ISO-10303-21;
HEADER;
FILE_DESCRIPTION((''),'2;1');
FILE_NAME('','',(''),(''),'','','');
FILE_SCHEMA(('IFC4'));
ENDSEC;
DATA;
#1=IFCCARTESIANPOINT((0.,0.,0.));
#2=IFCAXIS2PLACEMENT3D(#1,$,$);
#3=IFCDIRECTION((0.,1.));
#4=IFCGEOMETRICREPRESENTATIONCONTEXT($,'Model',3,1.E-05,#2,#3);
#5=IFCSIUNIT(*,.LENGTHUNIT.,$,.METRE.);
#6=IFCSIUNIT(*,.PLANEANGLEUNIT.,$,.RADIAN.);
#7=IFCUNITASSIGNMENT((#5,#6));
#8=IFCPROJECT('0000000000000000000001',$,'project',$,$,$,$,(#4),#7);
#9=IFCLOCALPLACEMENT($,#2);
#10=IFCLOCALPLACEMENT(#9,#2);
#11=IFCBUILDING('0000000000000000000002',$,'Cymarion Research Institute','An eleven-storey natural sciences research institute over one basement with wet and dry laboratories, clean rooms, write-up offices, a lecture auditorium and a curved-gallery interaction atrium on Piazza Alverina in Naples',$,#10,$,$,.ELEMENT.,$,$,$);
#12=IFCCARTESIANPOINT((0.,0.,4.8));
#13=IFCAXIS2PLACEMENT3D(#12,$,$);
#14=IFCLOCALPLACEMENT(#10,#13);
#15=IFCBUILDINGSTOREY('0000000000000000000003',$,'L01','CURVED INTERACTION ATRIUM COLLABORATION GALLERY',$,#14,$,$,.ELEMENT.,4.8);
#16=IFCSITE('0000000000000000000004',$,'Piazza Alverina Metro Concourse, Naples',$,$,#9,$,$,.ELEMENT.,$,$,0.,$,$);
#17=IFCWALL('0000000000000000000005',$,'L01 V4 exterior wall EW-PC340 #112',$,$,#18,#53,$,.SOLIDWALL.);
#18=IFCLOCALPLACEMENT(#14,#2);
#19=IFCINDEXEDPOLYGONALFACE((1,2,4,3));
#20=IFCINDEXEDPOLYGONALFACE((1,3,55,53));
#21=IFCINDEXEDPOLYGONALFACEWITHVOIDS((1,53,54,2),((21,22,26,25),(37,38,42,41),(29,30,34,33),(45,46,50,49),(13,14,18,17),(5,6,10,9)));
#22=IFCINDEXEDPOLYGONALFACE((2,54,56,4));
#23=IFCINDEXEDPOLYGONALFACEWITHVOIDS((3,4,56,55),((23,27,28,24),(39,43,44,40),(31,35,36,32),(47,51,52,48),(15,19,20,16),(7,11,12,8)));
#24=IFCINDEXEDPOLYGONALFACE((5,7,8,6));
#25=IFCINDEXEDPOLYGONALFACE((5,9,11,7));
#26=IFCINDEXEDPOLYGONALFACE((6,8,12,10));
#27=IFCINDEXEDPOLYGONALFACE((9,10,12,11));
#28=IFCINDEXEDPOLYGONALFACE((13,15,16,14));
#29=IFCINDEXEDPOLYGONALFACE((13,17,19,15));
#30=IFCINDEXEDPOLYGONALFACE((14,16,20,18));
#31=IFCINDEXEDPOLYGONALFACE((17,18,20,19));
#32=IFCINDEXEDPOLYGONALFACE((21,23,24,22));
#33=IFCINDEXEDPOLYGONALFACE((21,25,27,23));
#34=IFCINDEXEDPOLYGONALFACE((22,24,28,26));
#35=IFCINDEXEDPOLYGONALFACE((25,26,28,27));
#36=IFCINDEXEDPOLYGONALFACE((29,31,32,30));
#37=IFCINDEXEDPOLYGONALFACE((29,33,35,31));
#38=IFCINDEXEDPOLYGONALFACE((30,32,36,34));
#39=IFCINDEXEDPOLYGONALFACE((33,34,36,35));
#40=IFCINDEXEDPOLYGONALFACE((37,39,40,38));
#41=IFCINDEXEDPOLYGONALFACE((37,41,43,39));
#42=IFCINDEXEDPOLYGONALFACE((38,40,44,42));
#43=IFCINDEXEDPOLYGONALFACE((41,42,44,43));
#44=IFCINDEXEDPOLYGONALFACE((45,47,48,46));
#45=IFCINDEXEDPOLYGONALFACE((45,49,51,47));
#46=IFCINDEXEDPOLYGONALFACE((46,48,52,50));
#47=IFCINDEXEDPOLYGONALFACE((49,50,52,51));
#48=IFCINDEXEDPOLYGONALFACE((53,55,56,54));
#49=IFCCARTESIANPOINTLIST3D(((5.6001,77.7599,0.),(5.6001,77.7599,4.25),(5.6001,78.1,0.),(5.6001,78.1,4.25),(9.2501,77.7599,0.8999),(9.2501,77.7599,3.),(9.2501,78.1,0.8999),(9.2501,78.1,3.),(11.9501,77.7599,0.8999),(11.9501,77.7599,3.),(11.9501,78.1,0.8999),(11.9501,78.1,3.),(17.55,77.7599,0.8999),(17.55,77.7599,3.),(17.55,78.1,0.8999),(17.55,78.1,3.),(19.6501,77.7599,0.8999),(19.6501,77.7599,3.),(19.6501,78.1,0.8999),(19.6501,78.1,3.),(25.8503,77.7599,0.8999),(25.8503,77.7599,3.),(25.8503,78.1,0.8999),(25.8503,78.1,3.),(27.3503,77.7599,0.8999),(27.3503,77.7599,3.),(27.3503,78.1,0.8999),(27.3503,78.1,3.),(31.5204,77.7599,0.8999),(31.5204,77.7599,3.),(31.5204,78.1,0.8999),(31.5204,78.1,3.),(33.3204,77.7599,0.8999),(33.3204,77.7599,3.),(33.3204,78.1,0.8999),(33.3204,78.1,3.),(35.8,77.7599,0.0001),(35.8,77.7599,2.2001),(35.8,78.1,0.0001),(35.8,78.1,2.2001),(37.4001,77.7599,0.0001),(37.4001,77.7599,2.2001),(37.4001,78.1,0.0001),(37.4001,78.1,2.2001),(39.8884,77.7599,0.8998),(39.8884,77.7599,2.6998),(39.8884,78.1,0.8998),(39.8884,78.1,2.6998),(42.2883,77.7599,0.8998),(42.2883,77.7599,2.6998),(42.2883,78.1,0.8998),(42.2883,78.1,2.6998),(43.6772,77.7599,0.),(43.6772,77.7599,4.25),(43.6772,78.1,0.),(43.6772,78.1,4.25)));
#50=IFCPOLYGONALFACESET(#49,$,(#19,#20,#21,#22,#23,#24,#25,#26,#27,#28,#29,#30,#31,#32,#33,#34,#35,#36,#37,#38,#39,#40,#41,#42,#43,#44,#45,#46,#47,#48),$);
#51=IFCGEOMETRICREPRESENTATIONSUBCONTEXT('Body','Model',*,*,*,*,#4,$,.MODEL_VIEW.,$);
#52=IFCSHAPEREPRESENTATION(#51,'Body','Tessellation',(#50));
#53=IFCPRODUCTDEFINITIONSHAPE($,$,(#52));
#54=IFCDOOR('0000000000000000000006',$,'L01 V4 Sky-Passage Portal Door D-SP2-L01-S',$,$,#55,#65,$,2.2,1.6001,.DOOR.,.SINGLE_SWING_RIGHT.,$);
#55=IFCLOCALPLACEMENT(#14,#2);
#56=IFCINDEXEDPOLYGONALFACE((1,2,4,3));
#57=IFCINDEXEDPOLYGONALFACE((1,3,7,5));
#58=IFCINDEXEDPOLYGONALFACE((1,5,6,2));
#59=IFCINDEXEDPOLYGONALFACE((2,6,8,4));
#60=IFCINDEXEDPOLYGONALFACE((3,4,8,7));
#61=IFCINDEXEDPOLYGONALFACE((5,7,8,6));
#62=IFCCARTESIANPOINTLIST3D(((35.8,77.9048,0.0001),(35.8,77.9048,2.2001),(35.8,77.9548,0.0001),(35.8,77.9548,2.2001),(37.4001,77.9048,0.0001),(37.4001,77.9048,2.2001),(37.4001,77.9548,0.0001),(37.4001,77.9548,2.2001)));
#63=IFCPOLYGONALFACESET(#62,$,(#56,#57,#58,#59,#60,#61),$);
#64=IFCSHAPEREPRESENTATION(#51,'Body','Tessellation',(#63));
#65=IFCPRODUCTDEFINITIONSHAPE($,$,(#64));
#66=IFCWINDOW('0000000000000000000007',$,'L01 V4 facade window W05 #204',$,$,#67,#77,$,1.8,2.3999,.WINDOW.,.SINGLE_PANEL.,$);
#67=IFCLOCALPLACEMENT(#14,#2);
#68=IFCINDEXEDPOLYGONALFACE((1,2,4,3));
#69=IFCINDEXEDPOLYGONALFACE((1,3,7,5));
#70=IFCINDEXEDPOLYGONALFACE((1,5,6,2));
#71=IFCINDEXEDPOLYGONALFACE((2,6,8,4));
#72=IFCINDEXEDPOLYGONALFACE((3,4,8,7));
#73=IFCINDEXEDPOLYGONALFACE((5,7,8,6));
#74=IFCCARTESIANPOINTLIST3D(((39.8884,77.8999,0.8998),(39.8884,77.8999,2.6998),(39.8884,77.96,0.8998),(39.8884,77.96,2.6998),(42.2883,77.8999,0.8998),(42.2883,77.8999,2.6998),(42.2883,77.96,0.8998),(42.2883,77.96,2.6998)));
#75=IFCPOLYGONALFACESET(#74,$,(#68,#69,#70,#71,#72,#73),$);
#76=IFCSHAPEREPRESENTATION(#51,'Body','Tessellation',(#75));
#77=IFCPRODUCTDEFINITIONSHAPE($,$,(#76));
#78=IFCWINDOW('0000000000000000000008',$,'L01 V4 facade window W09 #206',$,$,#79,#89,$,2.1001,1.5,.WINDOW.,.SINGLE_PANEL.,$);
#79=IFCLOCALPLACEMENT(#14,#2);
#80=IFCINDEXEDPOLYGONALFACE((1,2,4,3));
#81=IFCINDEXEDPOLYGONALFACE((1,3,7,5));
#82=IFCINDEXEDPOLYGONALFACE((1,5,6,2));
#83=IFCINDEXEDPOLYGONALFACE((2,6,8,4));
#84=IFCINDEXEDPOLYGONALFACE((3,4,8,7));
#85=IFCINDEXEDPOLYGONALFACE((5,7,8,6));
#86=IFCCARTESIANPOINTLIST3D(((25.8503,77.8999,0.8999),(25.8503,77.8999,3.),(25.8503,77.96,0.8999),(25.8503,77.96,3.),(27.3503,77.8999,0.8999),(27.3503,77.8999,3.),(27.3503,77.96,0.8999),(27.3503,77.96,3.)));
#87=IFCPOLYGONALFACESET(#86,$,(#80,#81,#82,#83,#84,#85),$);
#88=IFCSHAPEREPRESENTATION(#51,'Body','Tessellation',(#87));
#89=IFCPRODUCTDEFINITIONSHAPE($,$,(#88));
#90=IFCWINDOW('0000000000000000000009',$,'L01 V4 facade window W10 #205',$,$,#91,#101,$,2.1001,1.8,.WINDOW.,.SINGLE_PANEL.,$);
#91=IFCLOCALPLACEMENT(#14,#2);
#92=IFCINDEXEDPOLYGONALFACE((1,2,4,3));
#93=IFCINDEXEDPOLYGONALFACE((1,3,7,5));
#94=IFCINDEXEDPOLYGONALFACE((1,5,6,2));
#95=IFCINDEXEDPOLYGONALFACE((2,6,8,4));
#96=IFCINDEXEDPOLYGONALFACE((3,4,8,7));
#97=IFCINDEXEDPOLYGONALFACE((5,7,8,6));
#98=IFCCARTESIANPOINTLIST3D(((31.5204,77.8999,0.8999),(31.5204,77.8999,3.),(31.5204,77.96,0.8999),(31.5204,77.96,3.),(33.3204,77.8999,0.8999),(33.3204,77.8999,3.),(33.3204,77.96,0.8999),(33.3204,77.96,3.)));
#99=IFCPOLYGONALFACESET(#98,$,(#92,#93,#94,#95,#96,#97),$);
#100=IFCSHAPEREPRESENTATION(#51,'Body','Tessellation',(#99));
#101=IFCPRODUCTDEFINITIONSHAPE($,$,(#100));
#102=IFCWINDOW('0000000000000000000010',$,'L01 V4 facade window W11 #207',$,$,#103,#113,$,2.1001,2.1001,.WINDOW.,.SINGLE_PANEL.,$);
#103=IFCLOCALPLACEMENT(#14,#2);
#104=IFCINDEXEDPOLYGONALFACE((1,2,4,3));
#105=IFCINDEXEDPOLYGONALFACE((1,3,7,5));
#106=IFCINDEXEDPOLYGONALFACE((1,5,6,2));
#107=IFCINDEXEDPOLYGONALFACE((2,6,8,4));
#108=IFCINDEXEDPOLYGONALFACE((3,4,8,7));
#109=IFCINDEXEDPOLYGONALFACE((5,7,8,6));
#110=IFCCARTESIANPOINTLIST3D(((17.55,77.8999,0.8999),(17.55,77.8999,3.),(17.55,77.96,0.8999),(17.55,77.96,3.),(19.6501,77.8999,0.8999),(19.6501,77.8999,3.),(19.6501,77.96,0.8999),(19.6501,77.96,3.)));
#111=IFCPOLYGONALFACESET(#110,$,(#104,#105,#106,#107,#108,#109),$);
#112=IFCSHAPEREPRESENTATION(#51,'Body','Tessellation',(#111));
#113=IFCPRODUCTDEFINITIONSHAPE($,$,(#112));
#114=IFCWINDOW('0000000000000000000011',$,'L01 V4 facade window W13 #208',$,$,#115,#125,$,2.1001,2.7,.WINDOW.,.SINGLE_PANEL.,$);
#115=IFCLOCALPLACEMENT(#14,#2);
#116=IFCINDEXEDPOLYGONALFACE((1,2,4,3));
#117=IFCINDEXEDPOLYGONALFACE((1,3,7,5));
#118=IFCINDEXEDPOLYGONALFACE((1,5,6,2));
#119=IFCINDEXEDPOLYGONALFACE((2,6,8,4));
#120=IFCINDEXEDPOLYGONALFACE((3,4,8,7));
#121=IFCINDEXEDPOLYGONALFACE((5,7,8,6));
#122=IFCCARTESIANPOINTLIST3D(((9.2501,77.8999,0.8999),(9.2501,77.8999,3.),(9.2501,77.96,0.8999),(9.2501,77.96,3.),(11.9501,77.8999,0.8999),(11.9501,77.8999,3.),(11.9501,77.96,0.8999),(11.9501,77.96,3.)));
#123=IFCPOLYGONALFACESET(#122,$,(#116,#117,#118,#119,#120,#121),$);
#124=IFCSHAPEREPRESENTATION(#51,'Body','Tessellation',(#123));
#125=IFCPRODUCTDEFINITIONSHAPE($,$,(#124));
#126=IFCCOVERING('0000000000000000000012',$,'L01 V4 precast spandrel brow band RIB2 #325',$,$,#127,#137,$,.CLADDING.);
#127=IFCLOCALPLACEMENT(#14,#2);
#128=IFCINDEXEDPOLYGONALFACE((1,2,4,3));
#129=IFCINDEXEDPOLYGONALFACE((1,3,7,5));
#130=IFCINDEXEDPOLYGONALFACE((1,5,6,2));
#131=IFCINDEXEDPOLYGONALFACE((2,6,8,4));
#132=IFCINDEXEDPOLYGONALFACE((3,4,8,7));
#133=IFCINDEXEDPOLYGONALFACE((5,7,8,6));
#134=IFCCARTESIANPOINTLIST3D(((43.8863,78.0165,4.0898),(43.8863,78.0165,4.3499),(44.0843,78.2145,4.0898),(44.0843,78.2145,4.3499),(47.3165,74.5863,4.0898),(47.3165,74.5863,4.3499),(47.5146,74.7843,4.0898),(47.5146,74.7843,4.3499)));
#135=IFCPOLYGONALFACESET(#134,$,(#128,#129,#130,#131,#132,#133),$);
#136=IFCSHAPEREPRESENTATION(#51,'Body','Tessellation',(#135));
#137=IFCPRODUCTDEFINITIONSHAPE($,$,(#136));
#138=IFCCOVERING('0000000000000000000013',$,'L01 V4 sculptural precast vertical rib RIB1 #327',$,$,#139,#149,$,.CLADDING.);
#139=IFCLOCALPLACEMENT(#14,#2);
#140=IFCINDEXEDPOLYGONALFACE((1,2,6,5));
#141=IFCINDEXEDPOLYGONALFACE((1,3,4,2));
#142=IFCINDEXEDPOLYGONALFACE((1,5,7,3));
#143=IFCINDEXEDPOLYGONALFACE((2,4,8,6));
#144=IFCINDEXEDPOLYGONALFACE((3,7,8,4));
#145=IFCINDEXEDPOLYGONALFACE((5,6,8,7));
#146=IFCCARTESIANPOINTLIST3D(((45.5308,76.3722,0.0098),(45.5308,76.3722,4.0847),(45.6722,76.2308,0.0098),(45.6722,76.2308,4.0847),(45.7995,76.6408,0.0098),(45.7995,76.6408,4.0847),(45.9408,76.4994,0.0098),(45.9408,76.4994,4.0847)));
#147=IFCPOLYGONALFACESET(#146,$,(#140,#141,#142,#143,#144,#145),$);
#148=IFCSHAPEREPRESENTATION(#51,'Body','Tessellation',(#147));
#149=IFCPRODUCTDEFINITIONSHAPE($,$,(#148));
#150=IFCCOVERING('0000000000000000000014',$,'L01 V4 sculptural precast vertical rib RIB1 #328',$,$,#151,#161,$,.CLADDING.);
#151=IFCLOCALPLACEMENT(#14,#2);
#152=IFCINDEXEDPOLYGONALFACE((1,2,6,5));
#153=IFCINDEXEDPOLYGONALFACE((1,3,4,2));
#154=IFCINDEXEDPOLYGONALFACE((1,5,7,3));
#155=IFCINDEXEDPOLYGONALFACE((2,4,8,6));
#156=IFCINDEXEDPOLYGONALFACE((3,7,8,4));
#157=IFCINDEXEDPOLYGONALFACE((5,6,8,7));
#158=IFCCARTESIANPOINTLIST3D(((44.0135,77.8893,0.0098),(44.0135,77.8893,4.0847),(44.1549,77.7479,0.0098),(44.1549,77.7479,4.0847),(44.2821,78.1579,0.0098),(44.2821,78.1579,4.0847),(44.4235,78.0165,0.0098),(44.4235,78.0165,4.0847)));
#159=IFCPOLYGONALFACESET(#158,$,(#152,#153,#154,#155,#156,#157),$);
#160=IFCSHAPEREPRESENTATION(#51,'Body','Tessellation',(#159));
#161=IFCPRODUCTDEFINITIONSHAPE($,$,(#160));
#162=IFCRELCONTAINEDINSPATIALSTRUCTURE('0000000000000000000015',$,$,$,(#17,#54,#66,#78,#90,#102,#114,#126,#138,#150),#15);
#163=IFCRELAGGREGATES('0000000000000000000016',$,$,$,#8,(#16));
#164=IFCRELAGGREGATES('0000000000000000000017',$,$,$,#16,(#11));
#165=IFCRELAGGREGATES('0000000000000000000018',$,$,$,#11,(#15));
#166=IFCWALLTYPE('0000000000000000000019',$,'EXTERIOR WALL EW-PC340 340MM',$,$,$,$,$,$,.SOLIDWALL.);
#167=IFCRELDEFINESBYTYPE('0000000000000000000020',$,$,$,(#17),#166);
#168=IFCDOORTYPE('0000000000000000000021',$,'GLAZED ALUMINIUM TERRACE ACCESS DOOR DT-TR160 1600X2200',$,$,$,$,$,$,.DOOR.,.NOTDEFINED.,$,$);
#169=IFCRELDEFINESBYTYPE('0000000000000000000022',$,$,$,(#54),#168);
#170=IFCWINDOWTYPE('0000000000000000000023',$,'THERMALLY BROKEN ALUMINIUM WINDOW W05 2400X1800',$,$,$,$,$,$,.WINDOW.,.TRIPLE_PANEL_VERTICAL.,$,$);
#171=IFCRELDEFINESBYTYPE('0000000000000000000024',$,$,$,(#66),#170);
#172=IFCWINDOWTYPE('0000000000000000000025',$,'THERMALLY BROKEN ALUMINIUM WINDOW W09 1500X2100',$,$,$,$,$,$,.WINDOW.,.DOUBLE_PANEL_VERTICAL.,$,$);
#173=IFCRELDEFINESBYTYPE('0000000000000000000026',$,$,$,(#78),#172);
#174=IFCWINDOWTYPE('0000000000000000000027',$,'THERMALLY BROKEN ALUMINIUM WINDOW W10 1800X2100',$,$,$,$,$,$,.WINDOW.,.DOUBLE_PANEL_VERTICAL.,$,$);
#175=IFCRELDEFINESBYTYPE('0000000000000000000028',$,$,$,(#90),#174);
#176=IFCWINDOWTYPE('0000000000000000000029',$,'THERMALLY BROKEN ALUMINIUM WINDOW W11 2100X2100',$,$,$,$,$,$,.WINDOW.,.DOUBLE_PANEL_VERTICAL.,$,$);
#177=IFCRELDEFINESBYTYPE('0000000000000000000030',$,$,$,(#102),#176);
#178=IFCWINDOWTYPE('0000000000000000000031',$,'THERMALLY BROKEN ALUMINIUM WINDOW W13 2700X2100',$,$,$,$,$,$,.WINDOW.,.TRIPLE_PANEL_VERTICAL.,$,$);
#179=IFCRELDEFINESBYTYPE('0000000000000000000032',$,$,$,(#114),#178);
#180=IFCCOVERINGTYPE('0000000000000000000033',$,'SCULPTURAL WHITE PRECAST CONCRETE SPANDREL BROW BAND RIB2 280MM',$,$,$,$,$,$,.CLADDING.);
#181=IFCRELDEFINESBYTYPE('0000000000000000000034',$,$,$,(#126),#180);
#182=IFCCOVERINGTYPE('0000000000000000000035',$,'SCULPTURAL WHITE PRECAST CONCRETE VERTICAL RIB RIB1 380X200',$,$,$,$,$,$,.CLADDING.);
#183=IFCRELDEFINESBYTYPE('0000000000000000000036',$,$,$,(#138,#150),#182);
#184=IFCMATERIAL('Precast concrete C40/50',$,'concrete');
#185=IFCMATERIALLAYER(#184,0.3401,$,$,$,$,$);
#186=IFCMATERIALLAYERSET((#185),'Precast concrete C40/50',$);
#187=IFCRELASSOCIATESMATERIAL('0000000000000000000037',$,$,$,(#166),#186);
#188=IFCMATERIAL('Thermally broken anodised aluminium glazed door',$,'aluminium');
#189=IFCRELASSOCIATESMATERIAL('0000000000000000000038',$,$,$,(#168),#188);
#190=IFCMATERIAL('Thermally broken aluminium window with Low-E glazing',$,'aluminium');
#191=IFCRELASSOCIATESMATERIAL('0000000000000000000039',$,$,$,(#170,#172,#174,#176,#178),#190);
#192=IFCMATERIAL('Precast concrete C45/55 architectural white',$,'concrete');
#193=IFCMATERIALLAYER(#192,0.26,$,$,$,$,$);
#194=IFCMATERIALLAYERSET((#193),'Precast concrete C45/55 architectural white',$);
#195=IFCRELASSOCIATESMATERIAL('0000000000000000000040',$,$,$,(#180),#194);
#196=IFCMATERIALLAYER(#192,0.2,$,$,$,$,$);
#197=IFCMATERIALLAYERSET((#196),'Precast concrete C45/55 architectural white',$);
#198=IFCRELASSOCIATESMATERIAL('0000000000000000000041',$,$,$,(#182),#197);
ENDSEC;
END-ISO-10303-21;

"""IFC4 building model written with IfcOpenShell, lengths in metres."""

from ifc_helpers import new_model, si_unit, direction, frame, frame_2d, origin, origin_2d, place, context, subcontext, project, spatial, rectangle, extrude, material, layer, layer_set, type_object, element, fill, save


model = new_model("IFC4")

# Units and contexts
model_context = context("Model", 3, precision=1e-05, world=origin(), true_north=direction((0.0, 1.0)))
body_context = subcontext(model_context, "Body", "Model", "MODEL_VIEW")
ifc_project = project(units=[si_unit("LENGTHUNIT", "METRE"), si_unit("PLANEANGLEUNIT", "RADIAN")], contexts=[model_context])

# Site, building, storey
site_placement = place(None, origin())
site = spatial("IfcSite", under=ifc_project, at=site_placement, Name="Piazza Alverina Metro Concourse, Naples", CompositionType="ELEMENT", RefElevation=0.0)
building_placement = place(site_placement, origin())
building = spatial("IfcBuilding", under=site, at=building_placement, Name="Cymarion Research Institute", Description="An eleven-storey natural sciences research institute over one basement with wet and dry laboratories, clean rooms, write-up offices, a lecture auditorium and a curved-gallery interaction atrium on Piazza Alverina in Naples", CompositionType="ELEMENT")
storey_placement = place(building_placement, frame((0.0, 0.0, 4.8)))
storey = spatial("IfcBuildingStorey", under=building, at=storey_placement, Name="L01", Description="CURVED INTERACTION ATRIUM COLLABORATION GALLERY", CompositionType="ELEMENT", Elevation=4.8)

# Wall, openings, door, windows
ifc_material_1 = material(Name="Precast concrete C40/50", Category="concrete")
ifc_layer_1 = layer(ifc_material_1, 0.3401)
ifc_layer_set_1 = layer_set([ifc_layer_1], Name="Precast concrete C40/50")
wall_type = type_object("IfcWallType", Name="EXTERIOR WALL EW-PC340 340MM", PredefinedType="SOLIDWALL", material=ifc_layer_set_1)
wall_placement = place(storey_placement, frame((43.6772, 77.9299, 0.0), z_axis=(0.0, 0.0, 1.0), x_axis=(-1.0, 0.0, 0.0)))
wall = element("IfcWall", 1, at=wall_placement, inside=storey, type_object=wall_type, Name="L01 V4 exterior wall EW-PC340 #112", PredefinedType="SOLIDWALL", context=body_context, shape_type="SweptSolid", body=[
    extrude(rectangle(XDim=38.0771, YDim=0.3401, at=frame_2d((19.0386, 0.0))), origin(), (0.0, 0.0, 1.0), 4.25),
])
opening_1_placement = place(wall_placement, frame((6.2771, 0.0, 0.0)))
opening_1 = element("IfcOpeningElement", 2, at=opening_1_placement, cuts=wall, PredefinedType="OPENING", context=body_context, shape_type="SweptSolid", body=[
    extrude(rectangle(XDim=1.6001, YDim=2.2, at=frame_2d((0.8, 1.1001))), frame((0.0, 0.1799, 0.0), z_axis=(0.0, -1.0, 0.0), x_axis=(1.0, 0.0, 0.0)), (0.0, 0.0, 1.0), 0.3601),
])
opening_2_placement = place(wall_placement, frame((1.3889, 0.0, 0.8999)))
opening_2 = element("IfcOpeningElement", 3, at=opening_2_placement, cuts=wall, PredefinedType="OPENING", context=body_context, shape_type="SweptSolid", body=[
    extrude(rectangle(XDim=2.3999, YDim=1.8, at=frame_2d((1.2, 0.8999))), frame((0.0, 0.1799, 0.0), z_axis=(0.0, -1.0, 0.0), x_axis=(1.0, 0.0, 0.0)), (0.0, 0.0, 1.0), 0.3601),
])
opening_3_placement = place(wall_placement, frame((10.3569, 0.0, 0.8999)))
opening_3 = element("IfcOpeningElement", 4, at=opening_3_placement, cuts=wall, PredefinedType="OPENING", context=body_context, shape_type="SweptSolid", body=[
    extrude(rectangle(XDim=1.8, YDim=2.1001, at=frame_2d((0.8999, 1.05))), frame((0.0, 0.1799, 0.0), z_axis=(0.0, -1.0, 0.0), x_axis=(1.0, 0.0, 0.0)), (0.0, 0.0, 1.0), 0.3601),
])
opening_4_placement = place(wall_placement, frame((16.3269, 0.0, 0.8999)))
opening_4 = element("IfcOpeningElement", 5, at=opening_4_placement, cuts=wall, PredefinedType="OPENING", context=body_context, shape_type="SweptSolid", body=[
    extrude(rectangle(XDim=1.5, YDim=2.1001, at=frame_2d((0.75, 1.05))), frame((0.0, 0.1799, 0.0), z_axis=(0.0, -1.0, 0.0), x_axis=(1.0, 0.0, 0.0)), (0.0, 0.0, 1.0), 0.3601),
])
opening_5_placement = place(wall_placement, frame((24.0271, 0.0, 0.8999)))
opening_5 = element("IfcOpeningElement", 6, at=opening_5_placement, cuts=wall, PredefinedType="OPENING", context=body_context, shape_type="SweptSolid", body=[
    extrude(rectangle(XDim=2.1001, YDim=2.1001, at=frame_2d((1.05, 1.05))), frame((0.0, 0.1799, 0.0), z_axis=(0.0, -1.0, 0.0), x_axis=(1.0, 0.0, 0.0)), (0.0, 0.0, 1.0), 0.3601),
])
opening_6_placement = place(wall_placement, frame((31.7271, 0.0, 0.8999)))
opening_6 = element("IfcOpeningElement", 7, at=opening_6_placement, cuts=wall, PredefinedType="OPENING", context=body_context, shape_type="SweptSolid", body=[
    extrude(rectangle(XDim=2.7, YDim=2.1001, at=frame_2d((1.3501, 1.05))), frame((0.0, 0.1799, 0.0), z_axis=(0.0, -1.0, 0.0), x_axis=(1.0, 0.0, 0.0)), (0.0, 0.0, 1.0), 0.3601),
])
ifc_material_2 = material(Name="Thermally broken anodised aluminium glazed door", Category="aluminium")
door_type = type_object("IfcDoorType", Name="GLAZED ALUMINIUM TERRACE ACCESS DOOR DT-TR160 1600X2200", OperationType="NOTDEFINED", PredefinedType="DOOR", material=ifc_material_2)
door_placement = place(opening_1_placement, frame((1.6001, 0.0, 0.0), z_axis=(0.0, 0.0, 1.0), x_axis=(-1.0, 0.0, 0.0)))
door = element("IfcDoor", 8, at=door_placement, inside=storey, type_object=door_type, Name="L01 V4 Sky-Passage Portal Door D-SP2-L01-S", OperationType="SINGLE_SWING_RIGHT", OverallHeight=2.2, OverallWidth=1.6001, PredefinedType="DOOR", context=body_context, shape_type="SweptSolid", body=[
    extrude(rectangle(XDim=1.6001, YDim=2.2, at=frame_2d((0.8, 1.1001))), frame((0.0, 0.0249, 0.0), z_axis=(0.0, -1.0, 0.0), x_axis=(1.0, 0.0, 0.0)), (0.0, 0.0, 1.0), 0.05),
])
fill(opening_1, door)
ifc_material_3 = material(Name="Thermally broken aluminium window with Low-E glazing", Category="aluminium")
window_type_1 = type_object("IfcWindowType", Name="THERMALLY BROKEN ALUMINIUM WINDOW W05 2400X1800", PartitioningType="TRIPLE_PANEL_VERTICAL", PredefinedType="WINDOW", material=ifc_material_3)
window_1_placement = place(opening_2_placement, origin())
window_1 = element("IfcWindow", 9, at=window_1_placement, inside=storey, type_object=window_type_1, Name="L01 V4 facade window W05 #204", OverallHeight=1.8, OverallWidth=2.3999, PartitioningType="SINGLE_PANEL", PredefinedType="WINDOW", context=body_context, shape_type="SweptSolid", body=[
    extrude(rectangle(XDim=2.3999, YDim=1.8, at=frame_2d((1.2, 0.8999))), frame((0.0, 0.03, 0.0), z_axis=(0.0, -1.0, 0.0), x_axis=(1.0, 0.0, 0.0)), (0.0, 0.0, 1.0), 0.0601),
])
fill(opening_2, window_1)
window_type_2 = type_object("IfcWindowType", Name="THERMALLY BROKEN ALUMINIUM WINDOW W09 1500X2100", PartitioningType="DOUBLE_PANEL_VERTICAL", PredefinedType="WINDOW", material=ifc_material_3)
window_2_placement = place(opening_4_placement, origin())
window_2 = element("IfcWindow", 10, at=window_2_placement, inside=storey, type_object=window_type_2, Name="L01 V4 facade window W09 #206", OverallHeight=2.1001, OverallWidth=1.5, PartitioningType="SINGLE_PANEL", PredefinedType="WINDOW", context=body_context, shape_type="SweptSolid", body=[
    extrude(rectangle(XDim=1.5, YDim=2.1001, at=frame_2d((0.75, 1.05))), frame((0.0, 0.03, 0.0), z_axis=(0.0, -1.0, 0.0), x_axis=(1.0, 0.0, 0.0)), (0.0, 0.0, 1.0), 0.0601),
])
fill(opening_4, window_2)
window_type_3 = type_object("IfcWindowType", Name="THERMALLY BROKEN ALUMINIUM WINDOW W10 1800X2100", PartitioningType="DOUBLE_PANEL_VERTICAL", PredefinedType="WINDOW", material=ifc_material_3)
window_3_placement = place(opening_3_placement, origin())
window_3 = element("IfcWindow", 11, at=window_3_placement, inside=storey, type_object=window_type_3, Name="L01 V4 facade window W10 #205", OverallHeight=2.1001, OverallWidth=1.8, PartitioningType="SINGLE_PANEL", PredefinedType="WINDOW", context=body_context, shape_type="SweptSolid", body=[
    extrude(rectangle(XDim=1.8, YDim=2.1001, at=frame_2d((0.8999, 1.05))), frame((0.0, 0.03, 0.0), z_axis=(0.0, -1.0, 0.0), x_axis=(1.0, 0.0, 0.0)), (0.0, 0.0, 1.0), 0.0601),
])
fill(opening_3, window_3)
window_type_4 = type_object("IfcWindowType", Name="THERMALLY BROKEN ALUMINIUM WINDOW W11 2100X2100", PartitioningType="DOUBLE_PANEL_VERTICAL", PredefinedType="WINDOW", material=ifc_material_3)
window_4_placement = place(opening_5_placement, origin())
window_4 = element("IfcWindow", 12, at=window_4_placement, inside=storey, type_object=window_type_4, Name="L01 V4 facade window W11 #207", OverallHeight=2.1001, OverallWidth=2.1001, PartitioningType="SINGLE_PANEL", PredefinedType="WINDOW", context=body_context, shape_type="SweptSolid", body=[
    extrude(rectangle(XDim=2.1001, YDim=2.1001, at=frame_2d((1.05, 1.05))), frame((0.0, 0.03, 0.0), z_axis=(0.0, -1.0, 0.0), x_axis=(1.0, 0.0, 0.0)), (0.0, 0.0, 1.0), 0.0601),
])
fill(opening_5, window_4)
window_type_5 = type_object("IfcWindowType", Name="THERMALLY BROKEN ALUMINIUM WINDOW W13 2700X2100", PartitioningType="TRIPLE_PANEL_VERTICAL", PredefinedType="WINDOW", material=ifc_material_3)
window_5_placement = place(opening_6_placement, origin())
window_5 = element("IfcWindow", 13, at=window_5_placement, inside=storey, type_object=window_type_5, Name="L01 V4 facade window W13 #208", OverallHeight=2.1001, OverallWidth=2.7, PartitioningType="SINGLE_PANEL", PredefinedType="WINDOW", context=body_context, shape_type="SweptSolid", body=[
    extrude(rectangle(XDim=2.7, YDim=2.1001, at=frame_2d((1.3501, 1.05))), frame((0.0, 0.03, 0.0), z_axis=(0.0, -1.0, 0.0), x_axis=(1.0, 0.0, 0.0)), (0.0, 0.0, 1.0), 0.0601),
])
fill(opening_6, window_5)

# Coverings
ifc_material_4 = material(Name="Precast concrete C45/55 architectural white", Category="concrete")
ifc_layer_2 = layer(ifc_material_4, 0.26)
ifc_layer_set_2 = layer_set([ifc_layer_2], Name="Precast concrete C45/55 architectural white")
covering_type_1 = type_object("IfcCoveringType", Name="SCULPTURAL WHITE PRECAST CONCRETE SPANDREL BROW BAND RIB2 280MM", PredefinedType="CLADDING", material=ifc_layer_set_2)
covering_placement = place(storey_placement, frame((45.7004, 76.4004, 4.0898), z_axis=(0.0, 0.0, 1.0), x_axis=(0.707107, 0.707107, 0.0)))
element("IfcCovering", 14, at=covering_placement, inside=storey, type_object=covering_type_1, Name="L01 V4 precast spandrel brow band RIB2 #325", PredefinedType="CLADDING", context=body_context, shape_type="SweptSolid", body=[
    extrude(rectangle(XDim=0.28, YDim=4.8511, at=origin_2d()), origin(), (0.0, 0.0, 1.0), 0.26),
])
ifc_layer_3 = layer(ifc_material_4, 0.2)
ifc_layer_set_3 = layer_set([ifc_layer_3], Name="Precast concrete C45/55 architectural white")
covering_type_2 = type_object("IfcCoveringType", Name="SCULPTURAL WHITE PRECAST CONCRETE VERTICAL RIB RIB1 380X200", PredefinedType="CLADDING", material=ifc_layer_set_3)
for number, where, z_axis, x_axis, name in (
    (15, (45.7358, 76.4358, 0.0098), (0.0, 0.0, 1.0), (0.707107, 0.707107, 0.0), "L01 V4 sculptural precast vertical rib RIB1 #327"),
    (16, (44.2185, 77.9529, 0.0098), (0.0, 0.0, 1.0), (0.707107, 0.707107, 0.0), "L01 V4 sculptural precast vertical rib RIB1 #328"),
):
    element("IfcCovering", number, at=place(storey_placement, frame(where, z_axis=z_axis, x_axis=x_axis)), inside=storey, type_object=covering_type_2, Name=name, PredefinedType="CLADDING", context=body_context, shape_type="SweptSolid", body=[
        extrude(rectangle(XDim=0.3799, YDim=0.2, at=origin_2d()), origin(), (0.0, 0.0, 1.0), 4.075),
    ])

save(model, "model.ifc")
